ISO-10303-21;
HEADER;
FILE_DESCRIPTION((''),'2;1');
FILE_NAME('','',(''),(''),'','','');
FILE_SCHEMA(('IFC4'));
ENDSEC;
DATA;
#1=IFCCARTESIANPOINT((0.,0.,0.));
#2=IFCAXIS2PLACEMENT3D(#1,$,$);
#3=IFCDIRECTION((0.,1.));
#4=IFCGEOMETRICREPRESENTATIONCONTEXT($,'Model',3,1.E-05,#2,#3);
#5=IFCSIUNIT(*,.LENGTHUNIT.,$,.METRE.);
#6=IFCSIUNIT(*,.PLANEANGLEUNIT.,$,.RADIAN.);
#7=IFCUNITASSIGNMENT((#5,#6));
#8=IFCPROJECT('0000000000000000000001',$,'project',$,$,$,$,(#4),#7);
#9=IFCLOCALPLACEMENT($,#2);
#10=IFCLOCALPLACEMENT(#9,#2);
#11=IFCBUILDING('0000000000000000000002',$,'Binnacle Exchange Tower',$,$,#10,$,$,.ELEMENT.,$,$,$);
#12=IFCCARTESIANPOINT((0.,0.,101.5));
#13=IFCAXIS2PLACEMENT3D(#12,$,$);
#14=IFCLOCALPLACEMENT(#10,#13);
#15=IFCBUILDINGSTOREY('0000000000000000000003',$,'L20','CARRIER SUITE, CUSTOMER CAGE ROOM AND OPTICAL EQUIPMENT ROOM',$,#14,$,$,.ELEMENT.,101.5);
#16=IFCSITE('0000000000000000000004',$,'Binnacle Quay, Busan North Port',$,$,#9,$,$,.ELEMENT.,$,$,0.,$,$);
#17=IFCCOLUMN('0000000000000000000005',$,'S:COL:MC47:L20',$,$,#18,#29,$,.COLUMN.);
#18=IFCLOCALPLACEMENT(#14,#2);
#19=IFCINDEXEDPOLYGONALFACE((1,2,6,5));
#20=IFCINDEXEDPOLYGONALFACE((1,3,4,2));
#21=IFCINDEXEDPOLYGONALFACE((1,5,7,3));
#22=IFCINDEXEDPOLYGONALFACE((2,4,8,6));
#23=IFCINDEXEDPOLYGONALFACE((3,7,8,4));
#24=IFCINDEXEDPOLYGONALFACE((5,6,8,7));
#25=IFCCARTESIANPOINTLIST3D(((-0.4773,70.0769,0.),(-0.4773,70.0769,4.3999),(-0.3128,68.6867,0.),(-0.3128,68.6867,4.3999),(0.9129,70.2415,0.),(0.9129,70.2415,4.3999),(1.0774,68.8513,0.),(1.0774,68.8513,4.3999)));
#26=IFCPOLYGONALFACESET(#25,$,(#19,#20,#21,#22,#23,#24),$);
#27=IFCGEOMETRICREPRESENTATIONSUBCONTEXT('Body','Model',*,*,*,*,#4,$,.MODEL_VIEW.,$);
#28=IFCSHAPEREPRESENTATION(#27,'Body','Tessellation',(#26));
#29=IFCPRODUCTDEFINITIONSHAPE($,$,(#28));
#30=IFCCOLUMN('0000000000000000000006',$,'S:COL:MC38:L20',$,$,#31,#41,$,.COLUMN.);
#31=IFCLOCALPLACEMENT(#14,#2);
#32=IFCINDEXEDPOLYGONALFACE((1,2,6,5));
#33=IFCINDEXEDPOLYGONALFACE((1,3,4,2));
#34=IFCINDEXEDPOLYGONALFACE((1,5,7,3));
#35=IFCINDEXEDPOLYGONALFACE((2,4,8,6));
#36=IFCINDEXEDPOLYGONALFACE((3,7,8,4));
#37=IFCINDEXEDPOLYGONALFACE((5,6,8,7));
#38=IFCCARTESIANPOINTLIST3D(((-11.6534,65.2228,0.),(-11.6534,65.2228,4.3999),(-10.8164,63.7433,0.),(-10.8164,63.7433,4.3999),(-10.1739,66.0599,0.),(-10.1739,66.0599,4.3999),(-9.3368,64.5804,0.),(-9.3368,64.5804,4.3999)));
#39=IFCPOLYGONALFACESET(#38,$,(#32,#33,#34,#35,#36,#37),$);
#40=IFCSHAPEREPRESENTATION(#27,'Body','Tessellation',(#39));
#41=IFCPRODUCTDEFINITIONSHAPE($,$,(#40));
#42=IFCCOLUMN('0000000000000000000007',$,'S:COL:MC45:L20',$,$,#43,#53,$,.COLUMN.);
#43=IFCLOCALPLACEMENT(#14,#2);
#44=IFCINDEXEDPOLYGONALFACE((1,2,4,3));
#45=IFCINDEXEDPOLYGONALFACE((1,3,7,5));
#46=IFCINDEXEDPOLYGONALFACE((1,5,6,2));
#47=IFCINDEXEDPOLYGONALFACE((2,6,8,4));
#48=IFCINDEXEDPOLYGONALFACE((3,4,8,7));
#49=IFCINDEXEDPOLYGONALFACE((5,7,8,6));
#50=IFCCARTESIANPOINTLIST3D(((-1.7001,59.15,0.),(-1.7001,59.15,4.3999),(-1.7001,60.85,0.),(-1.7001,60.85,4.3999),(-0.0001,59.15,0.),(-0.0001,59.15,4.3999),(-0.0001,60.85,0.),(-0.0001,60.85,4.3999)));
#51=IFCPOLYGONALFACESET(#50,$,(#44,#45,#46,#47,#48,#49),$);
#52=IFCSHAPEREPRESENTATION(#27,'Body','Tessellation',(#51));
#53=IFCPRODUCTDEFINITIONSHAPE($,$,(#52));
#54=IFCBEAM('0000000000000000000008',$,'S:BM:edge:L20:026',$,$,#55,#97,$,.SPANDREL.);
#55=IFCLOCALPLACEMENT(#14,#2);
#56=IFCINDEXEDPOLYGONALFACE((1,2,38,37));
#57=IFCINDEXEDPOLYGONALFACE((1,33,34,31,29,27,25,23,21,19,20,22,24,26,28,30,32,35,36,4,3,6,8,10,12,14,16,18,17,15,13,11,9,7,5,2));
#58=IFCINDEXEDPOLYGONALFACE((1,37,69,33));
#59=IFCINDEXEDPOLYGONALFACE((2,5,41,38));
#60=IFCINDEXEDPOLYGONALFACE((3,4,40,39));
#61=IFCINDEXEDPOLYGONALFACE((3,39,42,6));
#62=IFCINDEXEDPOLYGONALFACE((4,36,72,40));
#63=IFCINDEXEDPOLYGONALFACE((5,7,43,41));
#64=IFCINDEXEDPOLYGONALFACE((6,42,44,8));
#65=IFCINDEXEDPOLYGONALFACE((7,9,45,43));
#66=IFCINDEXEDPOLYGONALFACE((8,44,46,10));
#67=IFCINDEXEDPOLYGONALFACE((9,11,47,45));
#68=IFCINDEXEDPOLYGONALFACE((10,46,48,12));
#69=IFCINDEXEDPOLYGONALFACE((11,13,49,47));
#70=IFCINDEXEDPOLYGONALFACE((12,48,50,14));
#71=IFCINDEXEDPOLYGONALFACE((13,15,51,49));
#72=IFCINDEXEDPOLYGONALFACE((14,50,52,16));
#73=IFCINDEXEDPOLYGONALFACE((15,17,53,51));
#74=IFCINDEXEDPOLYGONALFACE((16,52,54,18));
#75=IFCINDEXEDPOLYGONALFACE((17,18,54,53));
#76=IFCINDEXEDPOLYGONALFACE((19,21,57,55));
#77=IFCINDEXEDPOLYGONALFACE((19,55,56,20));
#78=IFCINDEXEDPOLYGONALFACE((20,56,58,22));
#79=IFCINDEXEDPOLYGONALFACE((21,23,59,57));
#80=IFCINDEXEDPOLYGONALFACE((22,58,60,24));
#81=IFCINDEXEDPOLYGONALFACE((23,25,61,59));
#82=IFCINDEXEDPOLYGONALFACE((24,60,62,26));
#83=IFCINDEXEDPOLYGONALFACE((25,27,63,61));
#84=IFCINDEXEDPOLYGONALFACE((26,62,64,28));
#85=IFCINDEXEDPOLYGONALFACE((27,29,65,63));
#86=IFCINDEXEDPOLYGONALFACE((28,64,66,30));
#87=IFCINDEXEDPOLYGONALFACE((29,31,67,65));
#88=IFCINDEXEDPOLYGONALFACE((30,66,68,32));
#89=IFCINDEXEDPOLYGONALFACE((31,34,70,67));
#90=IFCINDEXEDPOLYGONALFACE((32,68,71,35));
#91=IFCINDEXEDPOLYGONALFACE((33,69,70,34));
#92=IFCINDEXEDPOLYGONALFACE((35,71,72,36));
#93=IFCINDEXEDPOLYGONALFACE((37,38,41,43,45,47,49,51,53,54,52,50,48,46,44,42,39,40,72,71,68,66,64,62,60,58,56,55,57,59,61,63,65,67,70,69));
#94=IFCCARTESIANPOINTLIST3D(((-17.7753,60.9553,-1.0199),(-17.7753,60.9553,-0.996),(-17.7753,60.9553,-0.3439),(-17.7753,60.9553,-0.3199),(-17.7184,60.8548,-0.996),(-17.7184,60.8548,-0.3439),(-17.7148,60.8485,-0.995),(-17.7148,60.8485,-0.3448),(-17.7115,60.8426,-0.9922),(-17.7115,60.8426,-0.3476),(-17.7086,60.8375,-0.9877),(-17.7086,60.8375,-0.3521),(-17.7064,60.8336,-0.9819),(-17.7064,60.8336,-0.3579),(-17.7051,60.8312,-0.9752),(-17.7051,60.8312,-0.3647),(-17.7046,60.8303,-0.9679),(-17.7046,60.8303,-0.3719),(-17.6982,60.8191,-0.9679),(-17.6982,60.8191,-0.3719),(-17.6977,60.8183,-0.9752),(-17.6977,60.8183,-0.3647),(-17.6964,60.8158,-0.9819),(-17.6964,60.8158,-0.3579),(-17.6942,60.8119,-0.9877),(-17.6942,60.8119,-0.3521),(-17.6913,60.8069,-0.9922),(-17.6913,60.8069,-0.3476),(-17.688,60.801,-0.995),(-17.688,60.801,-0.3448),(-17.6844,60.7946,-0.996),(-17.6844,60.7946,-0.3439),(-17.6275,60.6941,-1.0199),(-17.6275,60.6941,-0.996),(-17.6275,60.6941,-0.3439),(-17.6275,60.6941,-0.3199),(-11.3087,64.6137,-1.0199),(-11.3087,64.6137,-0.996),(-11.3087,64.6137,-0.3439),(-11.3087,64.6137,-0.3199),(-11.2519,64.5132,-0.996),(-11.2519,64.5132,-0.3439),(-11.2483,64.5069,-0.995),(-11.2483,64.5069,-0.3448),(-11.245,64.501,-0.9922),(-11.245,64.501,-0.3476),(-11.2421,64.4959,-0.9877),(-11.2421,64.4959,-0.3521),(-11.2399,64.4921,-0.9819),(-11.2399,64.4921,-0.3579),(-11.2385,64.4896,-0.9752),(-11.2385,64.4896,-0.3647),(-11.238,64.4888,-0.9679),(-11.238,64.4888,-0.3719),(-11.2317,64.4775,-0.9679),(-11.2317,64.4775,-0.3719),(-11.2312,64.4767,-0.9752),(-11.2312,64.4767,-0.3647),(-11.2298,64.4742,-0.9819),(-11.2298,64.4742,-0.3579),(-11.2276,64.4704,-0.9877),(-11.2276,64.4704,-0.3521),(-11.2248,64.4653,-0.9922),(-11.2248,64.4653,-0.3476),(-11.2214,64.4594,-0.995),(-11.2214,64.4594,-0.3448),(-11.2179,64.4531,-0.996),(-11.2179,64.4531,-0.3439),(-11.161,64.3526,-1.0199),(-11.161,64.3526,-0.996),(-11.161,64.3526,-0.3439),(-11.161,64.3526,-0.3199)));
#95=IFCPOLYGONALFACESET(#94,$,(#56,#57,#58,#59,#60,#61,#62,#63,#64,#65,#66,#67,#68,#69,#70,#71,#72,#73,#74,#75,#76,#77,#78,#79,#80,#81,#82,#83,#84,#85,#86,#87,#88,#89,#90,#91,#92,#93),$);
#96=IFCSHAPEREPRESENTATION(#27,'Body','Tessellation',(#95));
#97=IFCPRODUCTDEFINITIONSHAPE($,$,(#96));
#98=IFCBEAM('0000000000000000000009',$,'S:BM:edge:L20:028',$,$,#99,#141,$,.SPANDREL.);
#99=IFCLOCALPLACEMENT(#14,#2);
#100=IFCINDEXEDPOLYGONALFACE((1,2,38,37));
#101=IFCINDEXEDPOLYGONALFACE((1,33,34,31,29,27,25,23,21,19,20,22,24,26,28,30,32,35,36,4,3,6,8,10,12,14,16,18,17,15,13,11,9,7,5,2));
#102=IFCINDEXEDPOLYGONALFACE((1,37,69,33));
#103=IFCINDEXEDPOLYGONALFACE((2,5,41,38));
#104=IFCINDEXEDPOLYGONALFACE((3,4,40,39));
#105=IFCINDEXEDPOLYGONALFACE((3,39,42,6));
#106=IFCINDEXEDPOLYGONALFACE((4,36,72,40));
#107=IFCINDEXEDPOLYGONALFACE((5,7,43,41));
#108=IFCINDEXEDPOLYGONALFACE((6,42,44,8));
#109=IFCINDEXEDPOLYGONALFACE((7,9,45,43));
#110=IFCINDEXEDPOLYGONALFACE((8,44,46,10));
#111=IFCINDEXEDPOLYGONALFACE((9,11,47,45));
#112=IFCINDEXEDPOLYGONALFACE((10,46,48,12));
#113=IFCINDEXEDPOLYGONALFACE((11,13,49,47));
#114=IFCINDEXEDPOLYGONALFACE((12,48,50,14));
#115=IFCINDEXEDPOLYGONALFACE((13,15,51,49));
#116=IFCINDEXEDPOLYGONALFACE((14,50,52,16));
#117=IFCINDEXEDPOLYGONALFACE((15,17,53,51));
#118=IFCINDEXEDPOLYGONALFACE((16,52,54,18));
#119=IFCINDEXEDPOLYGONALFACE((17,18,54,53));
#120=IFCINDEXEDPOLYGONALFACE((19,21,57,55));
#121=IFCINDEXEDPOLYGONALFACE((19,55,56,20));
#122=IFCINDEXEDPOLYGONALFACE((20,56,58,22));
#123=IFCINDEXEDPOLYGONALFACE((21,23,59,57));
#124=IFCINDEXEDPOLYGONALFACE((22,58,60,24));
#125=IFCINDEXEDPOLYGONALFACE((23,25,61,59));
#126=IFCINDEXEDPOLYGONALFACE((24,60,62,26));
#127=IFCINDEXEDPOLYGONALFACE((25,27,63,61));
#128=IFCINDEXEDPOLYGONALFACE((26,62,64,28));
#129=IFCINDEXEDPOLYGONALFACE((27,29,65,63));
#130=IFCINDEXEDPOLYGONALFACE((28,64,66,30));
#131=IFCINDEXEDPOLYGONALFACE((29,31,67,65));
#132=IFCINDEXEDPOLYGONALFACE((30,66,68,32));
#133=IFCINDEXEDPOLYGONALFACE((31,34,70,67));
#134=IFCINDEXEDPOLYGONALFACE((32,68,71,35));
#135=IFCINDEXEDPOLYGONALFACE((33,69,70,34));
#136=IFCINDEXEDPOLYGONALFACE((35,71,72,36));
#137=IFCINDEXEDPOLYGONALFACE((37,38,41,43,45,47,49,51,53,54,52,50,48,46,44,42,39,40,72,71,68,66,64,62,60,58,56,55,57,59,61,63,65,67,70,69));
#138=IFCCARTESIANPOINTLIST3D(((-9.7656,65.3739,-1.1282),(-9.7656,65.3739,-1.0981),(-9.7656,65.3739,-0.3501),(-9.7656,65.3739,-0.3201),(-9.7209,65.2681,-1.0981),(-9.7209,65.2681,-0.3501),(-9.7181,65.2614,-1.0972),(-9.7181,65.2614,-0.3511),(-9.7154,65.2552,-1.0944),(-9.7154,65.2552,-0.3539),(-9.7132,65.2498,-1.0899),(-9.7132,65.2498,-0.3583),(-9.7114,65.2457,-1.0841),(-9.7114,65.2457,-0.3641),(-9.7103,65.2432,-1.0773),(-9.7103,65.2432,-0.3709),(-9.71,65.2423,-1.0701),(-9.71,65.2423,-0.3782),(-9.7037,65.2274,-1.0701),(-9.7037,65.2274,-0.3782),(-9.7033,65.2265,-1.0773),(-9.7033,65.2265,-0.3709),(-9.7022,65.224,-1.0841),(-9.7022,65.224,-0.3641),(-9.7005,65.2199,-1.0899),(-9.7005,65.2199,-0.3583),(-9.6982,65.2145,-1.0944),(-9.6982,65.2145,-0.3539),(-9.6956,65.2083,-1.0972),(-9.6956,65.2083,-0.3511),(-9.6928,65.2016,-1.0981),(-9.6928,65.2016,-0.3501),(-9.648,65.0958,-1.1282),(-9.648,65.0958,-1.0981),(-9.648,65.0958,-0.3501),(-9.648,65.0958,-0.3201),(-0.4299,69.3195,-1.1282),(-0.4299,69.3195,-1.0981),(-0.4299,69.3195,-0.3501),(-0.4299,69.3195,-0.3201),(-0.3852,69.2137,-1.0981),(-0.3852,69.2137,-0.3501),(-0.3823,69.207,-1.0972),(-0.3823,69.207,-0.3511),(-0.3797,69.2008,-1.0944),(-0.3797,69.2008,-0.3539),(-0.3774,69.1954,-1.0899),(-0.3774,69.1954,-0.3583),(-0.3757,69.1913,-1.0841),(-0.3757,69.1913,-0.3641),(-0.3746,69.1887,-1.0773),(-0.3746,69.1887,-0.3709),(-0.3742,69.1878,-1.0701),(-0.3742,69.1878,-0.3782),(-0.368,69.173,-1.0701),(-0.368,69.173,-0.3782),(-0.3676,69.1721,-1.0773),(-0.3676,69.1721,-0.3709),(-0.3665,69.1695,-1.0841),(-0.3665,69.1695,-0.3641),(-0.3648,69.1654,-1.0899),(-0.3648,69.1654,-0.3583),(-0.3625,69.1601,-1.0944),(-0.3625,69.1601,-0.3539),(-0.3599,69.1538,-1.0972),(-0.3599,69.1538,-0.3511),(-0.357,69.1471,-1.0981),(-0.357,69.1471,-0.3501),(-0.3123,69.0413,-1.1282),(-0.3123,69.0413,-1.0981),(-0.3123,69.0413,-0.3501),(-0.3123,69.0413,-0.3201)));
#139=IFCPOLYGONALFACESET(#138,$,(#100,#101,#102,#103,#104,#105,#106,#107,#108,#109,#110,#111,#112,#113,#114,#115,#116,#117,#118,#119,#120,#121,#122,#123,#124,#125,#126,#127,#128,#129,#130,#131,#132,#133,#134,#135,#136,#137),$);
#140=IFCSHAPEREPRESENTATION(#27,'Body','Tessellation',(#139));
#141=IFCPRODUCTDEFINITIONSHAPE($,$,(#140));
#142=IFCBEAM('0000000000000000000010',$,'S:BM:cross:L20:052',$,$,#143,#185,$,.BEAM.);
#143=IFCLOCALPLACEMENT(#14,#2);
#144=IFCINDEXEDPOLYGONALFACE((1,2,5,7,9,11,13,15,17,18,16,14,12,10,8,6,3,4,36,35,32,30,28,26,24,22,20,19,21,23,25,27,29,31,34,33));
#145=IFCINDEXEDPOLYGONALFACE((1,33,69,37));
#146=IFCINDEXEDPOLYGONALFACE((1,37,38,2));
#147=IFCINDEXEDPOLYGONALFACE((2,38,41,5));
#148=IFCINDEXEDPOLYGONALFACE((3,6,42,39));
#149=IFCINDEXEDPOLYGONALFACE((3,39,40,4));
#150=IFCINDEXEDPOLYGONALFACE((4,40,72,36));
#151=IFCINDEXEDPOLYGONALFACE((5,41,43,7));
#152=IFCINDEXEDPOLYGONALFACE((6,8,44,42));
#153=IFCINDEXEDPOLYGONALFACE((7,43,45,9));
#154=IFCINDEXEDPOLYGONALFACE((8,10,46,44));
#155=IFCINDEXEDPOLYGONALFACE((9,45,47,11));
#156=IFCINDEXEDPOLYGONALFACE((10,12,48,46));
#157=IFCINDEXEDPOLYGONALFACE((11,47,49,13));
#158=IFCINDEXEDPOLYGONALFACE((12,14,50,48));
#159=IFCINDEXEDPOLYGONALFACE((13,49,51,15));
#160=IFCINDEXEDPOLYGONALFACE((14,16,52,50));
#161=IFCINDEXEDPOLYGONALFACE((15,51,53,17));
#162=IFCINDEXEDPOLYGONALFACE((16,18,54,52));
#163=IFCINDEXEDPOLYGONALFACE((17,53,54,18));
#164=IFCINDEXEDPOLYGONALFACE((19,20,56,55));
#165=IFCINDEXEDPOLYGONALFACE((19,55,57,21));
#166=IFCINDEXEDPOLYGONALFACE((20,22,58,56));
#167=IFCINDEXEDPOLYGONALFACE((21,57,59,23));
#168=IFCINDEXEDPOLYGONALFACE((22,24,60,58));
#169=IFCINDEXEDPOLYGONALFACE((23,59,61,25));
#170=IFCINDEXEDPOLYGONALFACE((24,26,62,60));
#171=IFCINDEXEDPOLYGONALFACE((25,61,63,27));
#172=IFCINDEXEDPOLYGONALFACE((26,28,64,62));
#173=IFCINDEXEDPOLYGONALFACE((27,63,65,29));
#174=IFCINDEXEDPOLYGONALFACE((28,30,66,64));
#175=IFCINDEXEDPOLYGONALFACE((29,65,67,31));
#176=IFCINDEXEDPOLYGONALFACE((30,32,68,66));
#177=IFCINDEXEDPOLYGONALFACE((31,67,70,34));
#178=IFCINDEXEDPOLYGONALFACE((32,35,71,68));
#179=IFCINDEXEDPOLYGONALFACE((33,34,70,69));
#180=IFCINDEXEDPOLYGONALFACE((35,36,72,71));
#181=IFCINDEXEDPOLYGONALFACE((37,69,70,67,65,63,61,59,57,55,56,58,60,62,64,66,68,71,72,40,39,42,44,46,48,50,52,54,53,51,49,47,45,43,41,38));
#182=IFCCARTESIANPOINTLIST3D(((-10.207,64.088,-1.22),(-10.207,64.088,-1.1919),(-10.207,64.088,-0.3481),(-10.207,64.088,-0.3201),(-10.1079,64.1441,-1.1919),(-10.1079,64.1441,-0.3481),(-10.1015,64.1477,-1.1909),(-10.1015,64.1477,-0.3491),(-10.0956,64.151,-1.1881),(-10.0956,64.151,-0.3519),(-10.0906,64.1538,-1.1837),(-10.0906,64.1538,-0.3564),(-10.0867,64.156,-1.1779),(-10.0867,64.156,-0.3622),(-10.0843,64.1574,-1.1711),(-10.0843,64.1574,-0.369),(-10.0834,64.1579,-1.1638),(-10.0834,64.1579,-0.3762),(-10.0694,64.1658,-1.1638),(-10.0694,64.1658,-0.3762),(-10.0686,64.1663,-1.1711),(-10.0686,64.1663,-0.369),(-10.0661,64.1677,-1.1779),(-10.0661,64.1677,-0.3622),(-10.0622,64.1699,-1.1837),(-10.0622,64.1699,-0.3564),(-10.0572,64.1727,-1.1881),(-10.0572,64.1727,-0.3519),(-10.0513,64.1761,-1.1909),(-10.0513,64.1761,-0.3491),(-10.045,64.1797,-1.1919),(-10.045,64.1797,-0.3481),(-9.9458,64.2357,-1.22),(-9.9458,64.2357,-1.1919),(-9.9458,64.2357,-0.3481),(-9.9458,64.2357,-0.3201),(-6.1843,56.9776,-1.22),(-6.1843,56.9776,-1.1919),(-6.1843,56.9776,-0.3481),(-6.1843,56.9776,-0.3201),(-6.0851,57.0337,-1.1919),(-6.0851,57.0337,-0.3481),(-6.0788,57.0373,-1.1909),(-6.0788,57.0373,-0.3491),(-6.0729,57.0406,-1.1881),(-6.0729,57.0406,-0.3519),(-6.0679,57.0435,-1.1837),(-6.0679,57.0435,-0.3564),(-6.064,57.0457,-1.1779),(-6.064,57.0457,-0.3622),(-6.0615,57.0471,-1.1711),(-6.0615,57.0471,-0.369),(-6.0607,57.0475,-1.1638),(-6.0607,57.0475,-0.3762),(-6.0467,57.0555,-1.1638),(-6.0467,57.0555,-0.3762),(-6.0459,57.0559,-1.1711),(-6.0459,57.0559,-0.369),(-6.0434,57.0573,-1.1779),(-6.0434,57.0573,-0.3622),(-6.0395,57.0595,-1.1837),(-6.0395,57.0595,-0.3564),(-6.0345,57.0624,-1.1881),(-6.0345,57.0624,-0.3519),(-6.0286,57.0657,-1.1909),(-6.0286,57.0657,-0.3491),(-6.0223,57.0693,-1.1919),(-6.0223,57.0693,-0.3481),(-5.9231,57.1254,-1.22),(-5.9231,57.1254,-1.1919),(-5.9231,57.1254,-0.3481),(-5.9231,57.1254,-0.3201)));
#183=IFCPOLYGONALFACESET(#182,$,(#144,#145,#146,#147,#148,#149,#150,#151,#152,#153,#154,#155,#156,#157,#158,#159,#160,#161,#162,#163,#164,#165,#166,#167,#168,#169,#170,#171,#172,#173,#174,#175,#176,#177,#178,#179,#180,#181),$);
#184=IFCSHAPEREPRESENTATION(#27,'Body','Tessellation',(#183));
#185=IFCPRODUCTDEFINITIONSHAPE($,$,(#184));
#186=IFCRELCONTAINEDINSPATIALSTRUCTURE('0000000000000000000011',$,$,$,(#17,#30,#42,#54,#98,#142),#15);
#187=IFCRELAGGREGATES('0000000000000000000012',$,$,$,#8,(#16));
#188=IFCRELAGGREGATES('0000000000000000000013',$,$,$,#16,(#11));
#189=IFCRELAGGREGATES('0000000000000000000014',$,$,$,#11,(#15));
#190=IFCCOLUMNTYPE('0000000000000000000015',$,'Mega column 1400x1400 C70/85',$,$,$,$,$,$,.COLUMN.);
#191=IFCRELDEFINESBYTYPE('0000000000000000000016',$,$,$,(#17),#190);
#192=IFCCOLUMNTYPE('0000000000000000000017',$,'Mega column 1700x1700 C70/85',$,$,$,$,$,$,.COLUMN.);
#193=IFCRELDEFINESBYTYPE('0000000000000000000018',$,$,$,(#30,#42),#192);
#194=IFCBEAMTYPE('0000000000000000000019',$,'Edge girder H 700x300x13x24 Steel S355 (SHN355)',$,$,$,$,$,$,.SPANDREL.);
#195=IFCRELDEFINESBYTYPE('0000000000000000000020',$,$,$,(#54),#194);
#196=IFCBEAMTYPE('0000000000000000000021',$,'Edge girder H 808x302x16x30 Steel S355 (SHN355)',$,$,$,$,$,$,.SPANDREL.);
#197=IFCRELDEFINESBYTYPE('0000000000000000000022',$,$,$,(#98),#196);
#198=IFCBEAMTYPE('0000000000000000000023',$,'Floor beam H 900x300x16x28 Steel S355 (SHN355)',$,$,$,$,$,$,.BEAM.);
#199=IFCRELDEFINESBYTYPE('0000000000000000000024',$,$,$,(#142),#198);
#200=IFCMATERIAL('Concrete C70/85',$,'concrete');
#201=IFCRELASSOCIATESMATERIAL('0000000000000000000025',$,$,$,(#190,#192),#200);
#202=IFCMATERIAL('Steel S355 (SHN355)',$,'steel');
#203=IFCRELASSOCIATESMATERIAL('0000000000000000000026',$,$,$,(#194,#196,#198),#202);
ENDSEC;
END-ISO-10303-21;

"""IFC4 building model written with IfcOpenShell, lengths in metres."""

from ifc_helpers import new_model, si_unit, direction, frame, origin, origin_2d, place, context, subcontext, project, spatial, rectangle, i_section, extrude, material, material_profile, profile_set, type_object, element, save


model = new_model("IFC4")

# Units and contexts
model_context = context("Model", 3, precision=1e-05, world=origin(), true_north=direction((0.0, 1.0)))
body_context = subcontext(model_context, "Body", "Model", "MODEL_VIEW")
ifc_project = project(units=[si_unit("LENGTHUNIT", "METRE"), si_unit("PLANEANGLEUNIT", "RADIAN")], contexts=[model_context])

# Site, building, storey
site_placement = place(None, origin())
site = spatial("IfcSite", under=ifc_project, at=site_placement, Name="Binnacle Quay, Busan North Port", CompositionType="ELEMENT", RefElevation=0.0)
building_placement = place(site_placement, origin())
building = spatial("IfcBuilding", under=site, at=building_placement, Name="Binnacle Exchange Tower", CompositionType="ELEMENT")
storey_placement = place(building_placement, frame((0.0, 0.0, 101.5)))
storey = spatial("IfcBuildingStorey", under=building, at=storey_placement, Name="L20", Description="CARRIER SUITE, CUSTOMER CAGE ROOM AND OPTICAL EQUIPMENT ROOM", CompositionType="ELEMENT", Elevation=101.5)

# Columns
ifc_material_1 = material(Name="Concrete C70/85", Category="concrete")
ifc_material_profile_1 = material_profile(ifc_material_1, rectangle(XDim=1.3999, YDim=1.3999, at=origin_2d()), Name="Mega column 1400x1400 C70/85")
ifc_profile_set_1 = profile_set([ifc_material_profile_1], Name="Concrete C70/85")
column_type_1 = type_object("IfcColumnType", Name="Mega column 1400x1400 C70/85", PredefinedType="COLUMN", material=ifc_profile_set_1)
column_placement = place(storey_placement, frame((0.3, 69.4641, 0.0), z_axis=(0.0, 0.0, 1.0), x_axis=(-0.993068, -0.117537, 0.0)))
element("IfcColumn", 1, at=column_placement, inside=storey, type_object=column_type_1, Name="S:COL:MC47:L20", PredefinedType="COLUMN", context=body_context, shape_type="SweptSolid", body=[
    extrude(rectangle(XDim=1.3999, YDim=1.3999, at=origin_2d()), origin(), (0.0, 0.0, 1.0), 4.3999),
])
ifc_material_profile_2 = material_profile(ifc_material_1, rectangle(XDim=1.7, YDim=1.7, at=origin_2d()), Name="Mega column 1700x1700 C70/85")
ifc_profile_set_2 = profile_set([ifc_material_profile_2], Name="Concrete C70/85")
column_type_2 = type_object("IfcColumnType", Name="Mega column 1700x1700 C70/85", PredefinedType="COLUMN", material=ifc_profile_set_2)
for number, where, z_axis, x_axis, name in (
    (2, (-10.4951, 64.9016, 0.0), (0.0, 0.0, 1.0), (-0.870356, -0.492424, 0.0), "S:COL:MC38:L20"),
    (3, (-0.8501, 60.0, 0.0), (0.0, 0.0, 1.0), (0.0, 1.0, 0.0), "S:COL:MC45:L20"),
):
    element("IfcColumn", number, at=place(storey_placement, frame(where, z_axis=z_axis, x_axis=x_axis)), inside=storey, type_object=column_type_2, Name=name, PredefinedType="COLUMN", context=body_context, shape_type="SweptSolid", body=[
        extrude(rectangle(XDim=1.7, YDim=1.7, at=origin_2d()), origin(), (0.0, 0.0, 1.0), 4.3999),
    ])

# Beams
ifc_material_2 = material(Name="Steel S355 (SHN355)", Category="steel")
ifc_material_profile_3 = material_profile(ifc_material_2, i_section(OverallWidth=0.3, OverallDepth=0.7, WebThickness=0.0129, FlangeThickness=0.0239, FilletRadius=0.0281, at=origin_2d()), Name="H 700x300x13x24")
ifc_profile_set_3 = profile_set([ifc_material_profile_3], Name="Steel S355 (SHN355)")
beam_type_1 = type_object("IfcBeamType", Name="Edge girder H 700x300x13x24 Steel S355 (SHN355)", PredefinedType="SPANDREL", material=ifc_profile_set_3)
beam_1_placement = place(storey_placement, frame((-11.2349, 64.4832, -0.6699), z_axis=(-0.870364, -0.492408, 0.0), x_axis=(0.492408, -0.870364, 0.0)))
element("IfcBeam", 4, at=beam_1_placement, inside=storey, type_object=beam_type_1, Name="S:BM:edge:L20:026", PredefinedType="SPANDREL", context=body_context, shape_type="SweptSolid", body=[
    extrude(i_section(OverallWidth=0.3, OverallDepth=0.7, WebThickness=0.0129, FlangeThickness=0.0239, FilletRadius=0.0281, at=origin_2d()), origin(), (0.0, 0.0, 1.0), 7.4297),
])
ifc_material_profile_4 = material_profile(ifc_material_2, i_section(OverallWidth=0.302, OverallDepth=0.8081, WebThickness=0.0161, FlangeThickness=0.03, FilletRadius=0.0281, at=origin_2d()), Name="H 808x302x16x30")
ifc_profile_set_4 = profile_set([ifc_material_profile_4], Name="Steel S355 (SHN355)")
beam_type_2 = type_object("IfcBeamType", Name="Edge girder H 808x302x16x30 Steel S355 (SHN355)", PredefinedType="SPANDREL", material=ifc_profile_set_4)
beam_2_placement = place(storey_placement, frame((-0.3711, 69.1804, -0.7241), z_axis=(-0.921114, -0.389292, 0.0), x_axis=(0.389292, -0.921114, 0.0)))
element("IfcBeam", 5, at=beam_2_placement, inside=storey, type_object=beam_type_2, Name="S:BM:edge:L20:028", PredefinedType="SPANDREL", context=body_context, shape_type="SweptSolid", body=[
    extrude(i_section(OverallWidth=0.302, OverallDepth=0.8081, WebThickness=0.0161, FlangeThickness=0.03, FilletRadius=0.0281, at=origin_2d()), origin(), (0.0, 0.0, 1.0), 10.1353),
])
ifc_material_profile_5 = material_profile(ifc_material_2, i_section(OverallWidth=0.3, OverallDepth=0.8999, WebThickness=0.0161, FlangeThickness=0.0281, FilletRadius=0.0281, at=origin_2d()), Name="H 900x300x16x28")
ifc_profile_set_5 = profile_set([ifc_material_profile_5], Name="Steel S355 (SHN355)")
beam_type_3 = type_object("IfcBeamType", Name="Floor beam H 900x300x16x28 Steel S355 (SHN355)", PredefinedType="BEAM", material=ifc_profile_set_5)
beam_3_placement = place(storey_placement, frame((-10.0764, 64.1619, -0.77), z_axis=(0.492411, -0.870363, 0.0), x_axis=(0.870363, 0.492411, 0.0)))
element("IfcBeam", 6, at=beam_3_placement, inside=storey, type_object=beam_type_3, Name="S:BM:cross:L20:052", PredefinedType="BEAM", context=body_context, shape_type="SweptSolid", body=[
    extrude(i_section(OverallWidth=0.3, OverallDepth=0.8999, WebThickness=0.0161, FlangeThickness=0.0281, FilletRadius=0.0281, at=origin_2d()), origin(), (0.0, 0.0, 1.0), 8.1694),
])

save(model, "model.ifc")
